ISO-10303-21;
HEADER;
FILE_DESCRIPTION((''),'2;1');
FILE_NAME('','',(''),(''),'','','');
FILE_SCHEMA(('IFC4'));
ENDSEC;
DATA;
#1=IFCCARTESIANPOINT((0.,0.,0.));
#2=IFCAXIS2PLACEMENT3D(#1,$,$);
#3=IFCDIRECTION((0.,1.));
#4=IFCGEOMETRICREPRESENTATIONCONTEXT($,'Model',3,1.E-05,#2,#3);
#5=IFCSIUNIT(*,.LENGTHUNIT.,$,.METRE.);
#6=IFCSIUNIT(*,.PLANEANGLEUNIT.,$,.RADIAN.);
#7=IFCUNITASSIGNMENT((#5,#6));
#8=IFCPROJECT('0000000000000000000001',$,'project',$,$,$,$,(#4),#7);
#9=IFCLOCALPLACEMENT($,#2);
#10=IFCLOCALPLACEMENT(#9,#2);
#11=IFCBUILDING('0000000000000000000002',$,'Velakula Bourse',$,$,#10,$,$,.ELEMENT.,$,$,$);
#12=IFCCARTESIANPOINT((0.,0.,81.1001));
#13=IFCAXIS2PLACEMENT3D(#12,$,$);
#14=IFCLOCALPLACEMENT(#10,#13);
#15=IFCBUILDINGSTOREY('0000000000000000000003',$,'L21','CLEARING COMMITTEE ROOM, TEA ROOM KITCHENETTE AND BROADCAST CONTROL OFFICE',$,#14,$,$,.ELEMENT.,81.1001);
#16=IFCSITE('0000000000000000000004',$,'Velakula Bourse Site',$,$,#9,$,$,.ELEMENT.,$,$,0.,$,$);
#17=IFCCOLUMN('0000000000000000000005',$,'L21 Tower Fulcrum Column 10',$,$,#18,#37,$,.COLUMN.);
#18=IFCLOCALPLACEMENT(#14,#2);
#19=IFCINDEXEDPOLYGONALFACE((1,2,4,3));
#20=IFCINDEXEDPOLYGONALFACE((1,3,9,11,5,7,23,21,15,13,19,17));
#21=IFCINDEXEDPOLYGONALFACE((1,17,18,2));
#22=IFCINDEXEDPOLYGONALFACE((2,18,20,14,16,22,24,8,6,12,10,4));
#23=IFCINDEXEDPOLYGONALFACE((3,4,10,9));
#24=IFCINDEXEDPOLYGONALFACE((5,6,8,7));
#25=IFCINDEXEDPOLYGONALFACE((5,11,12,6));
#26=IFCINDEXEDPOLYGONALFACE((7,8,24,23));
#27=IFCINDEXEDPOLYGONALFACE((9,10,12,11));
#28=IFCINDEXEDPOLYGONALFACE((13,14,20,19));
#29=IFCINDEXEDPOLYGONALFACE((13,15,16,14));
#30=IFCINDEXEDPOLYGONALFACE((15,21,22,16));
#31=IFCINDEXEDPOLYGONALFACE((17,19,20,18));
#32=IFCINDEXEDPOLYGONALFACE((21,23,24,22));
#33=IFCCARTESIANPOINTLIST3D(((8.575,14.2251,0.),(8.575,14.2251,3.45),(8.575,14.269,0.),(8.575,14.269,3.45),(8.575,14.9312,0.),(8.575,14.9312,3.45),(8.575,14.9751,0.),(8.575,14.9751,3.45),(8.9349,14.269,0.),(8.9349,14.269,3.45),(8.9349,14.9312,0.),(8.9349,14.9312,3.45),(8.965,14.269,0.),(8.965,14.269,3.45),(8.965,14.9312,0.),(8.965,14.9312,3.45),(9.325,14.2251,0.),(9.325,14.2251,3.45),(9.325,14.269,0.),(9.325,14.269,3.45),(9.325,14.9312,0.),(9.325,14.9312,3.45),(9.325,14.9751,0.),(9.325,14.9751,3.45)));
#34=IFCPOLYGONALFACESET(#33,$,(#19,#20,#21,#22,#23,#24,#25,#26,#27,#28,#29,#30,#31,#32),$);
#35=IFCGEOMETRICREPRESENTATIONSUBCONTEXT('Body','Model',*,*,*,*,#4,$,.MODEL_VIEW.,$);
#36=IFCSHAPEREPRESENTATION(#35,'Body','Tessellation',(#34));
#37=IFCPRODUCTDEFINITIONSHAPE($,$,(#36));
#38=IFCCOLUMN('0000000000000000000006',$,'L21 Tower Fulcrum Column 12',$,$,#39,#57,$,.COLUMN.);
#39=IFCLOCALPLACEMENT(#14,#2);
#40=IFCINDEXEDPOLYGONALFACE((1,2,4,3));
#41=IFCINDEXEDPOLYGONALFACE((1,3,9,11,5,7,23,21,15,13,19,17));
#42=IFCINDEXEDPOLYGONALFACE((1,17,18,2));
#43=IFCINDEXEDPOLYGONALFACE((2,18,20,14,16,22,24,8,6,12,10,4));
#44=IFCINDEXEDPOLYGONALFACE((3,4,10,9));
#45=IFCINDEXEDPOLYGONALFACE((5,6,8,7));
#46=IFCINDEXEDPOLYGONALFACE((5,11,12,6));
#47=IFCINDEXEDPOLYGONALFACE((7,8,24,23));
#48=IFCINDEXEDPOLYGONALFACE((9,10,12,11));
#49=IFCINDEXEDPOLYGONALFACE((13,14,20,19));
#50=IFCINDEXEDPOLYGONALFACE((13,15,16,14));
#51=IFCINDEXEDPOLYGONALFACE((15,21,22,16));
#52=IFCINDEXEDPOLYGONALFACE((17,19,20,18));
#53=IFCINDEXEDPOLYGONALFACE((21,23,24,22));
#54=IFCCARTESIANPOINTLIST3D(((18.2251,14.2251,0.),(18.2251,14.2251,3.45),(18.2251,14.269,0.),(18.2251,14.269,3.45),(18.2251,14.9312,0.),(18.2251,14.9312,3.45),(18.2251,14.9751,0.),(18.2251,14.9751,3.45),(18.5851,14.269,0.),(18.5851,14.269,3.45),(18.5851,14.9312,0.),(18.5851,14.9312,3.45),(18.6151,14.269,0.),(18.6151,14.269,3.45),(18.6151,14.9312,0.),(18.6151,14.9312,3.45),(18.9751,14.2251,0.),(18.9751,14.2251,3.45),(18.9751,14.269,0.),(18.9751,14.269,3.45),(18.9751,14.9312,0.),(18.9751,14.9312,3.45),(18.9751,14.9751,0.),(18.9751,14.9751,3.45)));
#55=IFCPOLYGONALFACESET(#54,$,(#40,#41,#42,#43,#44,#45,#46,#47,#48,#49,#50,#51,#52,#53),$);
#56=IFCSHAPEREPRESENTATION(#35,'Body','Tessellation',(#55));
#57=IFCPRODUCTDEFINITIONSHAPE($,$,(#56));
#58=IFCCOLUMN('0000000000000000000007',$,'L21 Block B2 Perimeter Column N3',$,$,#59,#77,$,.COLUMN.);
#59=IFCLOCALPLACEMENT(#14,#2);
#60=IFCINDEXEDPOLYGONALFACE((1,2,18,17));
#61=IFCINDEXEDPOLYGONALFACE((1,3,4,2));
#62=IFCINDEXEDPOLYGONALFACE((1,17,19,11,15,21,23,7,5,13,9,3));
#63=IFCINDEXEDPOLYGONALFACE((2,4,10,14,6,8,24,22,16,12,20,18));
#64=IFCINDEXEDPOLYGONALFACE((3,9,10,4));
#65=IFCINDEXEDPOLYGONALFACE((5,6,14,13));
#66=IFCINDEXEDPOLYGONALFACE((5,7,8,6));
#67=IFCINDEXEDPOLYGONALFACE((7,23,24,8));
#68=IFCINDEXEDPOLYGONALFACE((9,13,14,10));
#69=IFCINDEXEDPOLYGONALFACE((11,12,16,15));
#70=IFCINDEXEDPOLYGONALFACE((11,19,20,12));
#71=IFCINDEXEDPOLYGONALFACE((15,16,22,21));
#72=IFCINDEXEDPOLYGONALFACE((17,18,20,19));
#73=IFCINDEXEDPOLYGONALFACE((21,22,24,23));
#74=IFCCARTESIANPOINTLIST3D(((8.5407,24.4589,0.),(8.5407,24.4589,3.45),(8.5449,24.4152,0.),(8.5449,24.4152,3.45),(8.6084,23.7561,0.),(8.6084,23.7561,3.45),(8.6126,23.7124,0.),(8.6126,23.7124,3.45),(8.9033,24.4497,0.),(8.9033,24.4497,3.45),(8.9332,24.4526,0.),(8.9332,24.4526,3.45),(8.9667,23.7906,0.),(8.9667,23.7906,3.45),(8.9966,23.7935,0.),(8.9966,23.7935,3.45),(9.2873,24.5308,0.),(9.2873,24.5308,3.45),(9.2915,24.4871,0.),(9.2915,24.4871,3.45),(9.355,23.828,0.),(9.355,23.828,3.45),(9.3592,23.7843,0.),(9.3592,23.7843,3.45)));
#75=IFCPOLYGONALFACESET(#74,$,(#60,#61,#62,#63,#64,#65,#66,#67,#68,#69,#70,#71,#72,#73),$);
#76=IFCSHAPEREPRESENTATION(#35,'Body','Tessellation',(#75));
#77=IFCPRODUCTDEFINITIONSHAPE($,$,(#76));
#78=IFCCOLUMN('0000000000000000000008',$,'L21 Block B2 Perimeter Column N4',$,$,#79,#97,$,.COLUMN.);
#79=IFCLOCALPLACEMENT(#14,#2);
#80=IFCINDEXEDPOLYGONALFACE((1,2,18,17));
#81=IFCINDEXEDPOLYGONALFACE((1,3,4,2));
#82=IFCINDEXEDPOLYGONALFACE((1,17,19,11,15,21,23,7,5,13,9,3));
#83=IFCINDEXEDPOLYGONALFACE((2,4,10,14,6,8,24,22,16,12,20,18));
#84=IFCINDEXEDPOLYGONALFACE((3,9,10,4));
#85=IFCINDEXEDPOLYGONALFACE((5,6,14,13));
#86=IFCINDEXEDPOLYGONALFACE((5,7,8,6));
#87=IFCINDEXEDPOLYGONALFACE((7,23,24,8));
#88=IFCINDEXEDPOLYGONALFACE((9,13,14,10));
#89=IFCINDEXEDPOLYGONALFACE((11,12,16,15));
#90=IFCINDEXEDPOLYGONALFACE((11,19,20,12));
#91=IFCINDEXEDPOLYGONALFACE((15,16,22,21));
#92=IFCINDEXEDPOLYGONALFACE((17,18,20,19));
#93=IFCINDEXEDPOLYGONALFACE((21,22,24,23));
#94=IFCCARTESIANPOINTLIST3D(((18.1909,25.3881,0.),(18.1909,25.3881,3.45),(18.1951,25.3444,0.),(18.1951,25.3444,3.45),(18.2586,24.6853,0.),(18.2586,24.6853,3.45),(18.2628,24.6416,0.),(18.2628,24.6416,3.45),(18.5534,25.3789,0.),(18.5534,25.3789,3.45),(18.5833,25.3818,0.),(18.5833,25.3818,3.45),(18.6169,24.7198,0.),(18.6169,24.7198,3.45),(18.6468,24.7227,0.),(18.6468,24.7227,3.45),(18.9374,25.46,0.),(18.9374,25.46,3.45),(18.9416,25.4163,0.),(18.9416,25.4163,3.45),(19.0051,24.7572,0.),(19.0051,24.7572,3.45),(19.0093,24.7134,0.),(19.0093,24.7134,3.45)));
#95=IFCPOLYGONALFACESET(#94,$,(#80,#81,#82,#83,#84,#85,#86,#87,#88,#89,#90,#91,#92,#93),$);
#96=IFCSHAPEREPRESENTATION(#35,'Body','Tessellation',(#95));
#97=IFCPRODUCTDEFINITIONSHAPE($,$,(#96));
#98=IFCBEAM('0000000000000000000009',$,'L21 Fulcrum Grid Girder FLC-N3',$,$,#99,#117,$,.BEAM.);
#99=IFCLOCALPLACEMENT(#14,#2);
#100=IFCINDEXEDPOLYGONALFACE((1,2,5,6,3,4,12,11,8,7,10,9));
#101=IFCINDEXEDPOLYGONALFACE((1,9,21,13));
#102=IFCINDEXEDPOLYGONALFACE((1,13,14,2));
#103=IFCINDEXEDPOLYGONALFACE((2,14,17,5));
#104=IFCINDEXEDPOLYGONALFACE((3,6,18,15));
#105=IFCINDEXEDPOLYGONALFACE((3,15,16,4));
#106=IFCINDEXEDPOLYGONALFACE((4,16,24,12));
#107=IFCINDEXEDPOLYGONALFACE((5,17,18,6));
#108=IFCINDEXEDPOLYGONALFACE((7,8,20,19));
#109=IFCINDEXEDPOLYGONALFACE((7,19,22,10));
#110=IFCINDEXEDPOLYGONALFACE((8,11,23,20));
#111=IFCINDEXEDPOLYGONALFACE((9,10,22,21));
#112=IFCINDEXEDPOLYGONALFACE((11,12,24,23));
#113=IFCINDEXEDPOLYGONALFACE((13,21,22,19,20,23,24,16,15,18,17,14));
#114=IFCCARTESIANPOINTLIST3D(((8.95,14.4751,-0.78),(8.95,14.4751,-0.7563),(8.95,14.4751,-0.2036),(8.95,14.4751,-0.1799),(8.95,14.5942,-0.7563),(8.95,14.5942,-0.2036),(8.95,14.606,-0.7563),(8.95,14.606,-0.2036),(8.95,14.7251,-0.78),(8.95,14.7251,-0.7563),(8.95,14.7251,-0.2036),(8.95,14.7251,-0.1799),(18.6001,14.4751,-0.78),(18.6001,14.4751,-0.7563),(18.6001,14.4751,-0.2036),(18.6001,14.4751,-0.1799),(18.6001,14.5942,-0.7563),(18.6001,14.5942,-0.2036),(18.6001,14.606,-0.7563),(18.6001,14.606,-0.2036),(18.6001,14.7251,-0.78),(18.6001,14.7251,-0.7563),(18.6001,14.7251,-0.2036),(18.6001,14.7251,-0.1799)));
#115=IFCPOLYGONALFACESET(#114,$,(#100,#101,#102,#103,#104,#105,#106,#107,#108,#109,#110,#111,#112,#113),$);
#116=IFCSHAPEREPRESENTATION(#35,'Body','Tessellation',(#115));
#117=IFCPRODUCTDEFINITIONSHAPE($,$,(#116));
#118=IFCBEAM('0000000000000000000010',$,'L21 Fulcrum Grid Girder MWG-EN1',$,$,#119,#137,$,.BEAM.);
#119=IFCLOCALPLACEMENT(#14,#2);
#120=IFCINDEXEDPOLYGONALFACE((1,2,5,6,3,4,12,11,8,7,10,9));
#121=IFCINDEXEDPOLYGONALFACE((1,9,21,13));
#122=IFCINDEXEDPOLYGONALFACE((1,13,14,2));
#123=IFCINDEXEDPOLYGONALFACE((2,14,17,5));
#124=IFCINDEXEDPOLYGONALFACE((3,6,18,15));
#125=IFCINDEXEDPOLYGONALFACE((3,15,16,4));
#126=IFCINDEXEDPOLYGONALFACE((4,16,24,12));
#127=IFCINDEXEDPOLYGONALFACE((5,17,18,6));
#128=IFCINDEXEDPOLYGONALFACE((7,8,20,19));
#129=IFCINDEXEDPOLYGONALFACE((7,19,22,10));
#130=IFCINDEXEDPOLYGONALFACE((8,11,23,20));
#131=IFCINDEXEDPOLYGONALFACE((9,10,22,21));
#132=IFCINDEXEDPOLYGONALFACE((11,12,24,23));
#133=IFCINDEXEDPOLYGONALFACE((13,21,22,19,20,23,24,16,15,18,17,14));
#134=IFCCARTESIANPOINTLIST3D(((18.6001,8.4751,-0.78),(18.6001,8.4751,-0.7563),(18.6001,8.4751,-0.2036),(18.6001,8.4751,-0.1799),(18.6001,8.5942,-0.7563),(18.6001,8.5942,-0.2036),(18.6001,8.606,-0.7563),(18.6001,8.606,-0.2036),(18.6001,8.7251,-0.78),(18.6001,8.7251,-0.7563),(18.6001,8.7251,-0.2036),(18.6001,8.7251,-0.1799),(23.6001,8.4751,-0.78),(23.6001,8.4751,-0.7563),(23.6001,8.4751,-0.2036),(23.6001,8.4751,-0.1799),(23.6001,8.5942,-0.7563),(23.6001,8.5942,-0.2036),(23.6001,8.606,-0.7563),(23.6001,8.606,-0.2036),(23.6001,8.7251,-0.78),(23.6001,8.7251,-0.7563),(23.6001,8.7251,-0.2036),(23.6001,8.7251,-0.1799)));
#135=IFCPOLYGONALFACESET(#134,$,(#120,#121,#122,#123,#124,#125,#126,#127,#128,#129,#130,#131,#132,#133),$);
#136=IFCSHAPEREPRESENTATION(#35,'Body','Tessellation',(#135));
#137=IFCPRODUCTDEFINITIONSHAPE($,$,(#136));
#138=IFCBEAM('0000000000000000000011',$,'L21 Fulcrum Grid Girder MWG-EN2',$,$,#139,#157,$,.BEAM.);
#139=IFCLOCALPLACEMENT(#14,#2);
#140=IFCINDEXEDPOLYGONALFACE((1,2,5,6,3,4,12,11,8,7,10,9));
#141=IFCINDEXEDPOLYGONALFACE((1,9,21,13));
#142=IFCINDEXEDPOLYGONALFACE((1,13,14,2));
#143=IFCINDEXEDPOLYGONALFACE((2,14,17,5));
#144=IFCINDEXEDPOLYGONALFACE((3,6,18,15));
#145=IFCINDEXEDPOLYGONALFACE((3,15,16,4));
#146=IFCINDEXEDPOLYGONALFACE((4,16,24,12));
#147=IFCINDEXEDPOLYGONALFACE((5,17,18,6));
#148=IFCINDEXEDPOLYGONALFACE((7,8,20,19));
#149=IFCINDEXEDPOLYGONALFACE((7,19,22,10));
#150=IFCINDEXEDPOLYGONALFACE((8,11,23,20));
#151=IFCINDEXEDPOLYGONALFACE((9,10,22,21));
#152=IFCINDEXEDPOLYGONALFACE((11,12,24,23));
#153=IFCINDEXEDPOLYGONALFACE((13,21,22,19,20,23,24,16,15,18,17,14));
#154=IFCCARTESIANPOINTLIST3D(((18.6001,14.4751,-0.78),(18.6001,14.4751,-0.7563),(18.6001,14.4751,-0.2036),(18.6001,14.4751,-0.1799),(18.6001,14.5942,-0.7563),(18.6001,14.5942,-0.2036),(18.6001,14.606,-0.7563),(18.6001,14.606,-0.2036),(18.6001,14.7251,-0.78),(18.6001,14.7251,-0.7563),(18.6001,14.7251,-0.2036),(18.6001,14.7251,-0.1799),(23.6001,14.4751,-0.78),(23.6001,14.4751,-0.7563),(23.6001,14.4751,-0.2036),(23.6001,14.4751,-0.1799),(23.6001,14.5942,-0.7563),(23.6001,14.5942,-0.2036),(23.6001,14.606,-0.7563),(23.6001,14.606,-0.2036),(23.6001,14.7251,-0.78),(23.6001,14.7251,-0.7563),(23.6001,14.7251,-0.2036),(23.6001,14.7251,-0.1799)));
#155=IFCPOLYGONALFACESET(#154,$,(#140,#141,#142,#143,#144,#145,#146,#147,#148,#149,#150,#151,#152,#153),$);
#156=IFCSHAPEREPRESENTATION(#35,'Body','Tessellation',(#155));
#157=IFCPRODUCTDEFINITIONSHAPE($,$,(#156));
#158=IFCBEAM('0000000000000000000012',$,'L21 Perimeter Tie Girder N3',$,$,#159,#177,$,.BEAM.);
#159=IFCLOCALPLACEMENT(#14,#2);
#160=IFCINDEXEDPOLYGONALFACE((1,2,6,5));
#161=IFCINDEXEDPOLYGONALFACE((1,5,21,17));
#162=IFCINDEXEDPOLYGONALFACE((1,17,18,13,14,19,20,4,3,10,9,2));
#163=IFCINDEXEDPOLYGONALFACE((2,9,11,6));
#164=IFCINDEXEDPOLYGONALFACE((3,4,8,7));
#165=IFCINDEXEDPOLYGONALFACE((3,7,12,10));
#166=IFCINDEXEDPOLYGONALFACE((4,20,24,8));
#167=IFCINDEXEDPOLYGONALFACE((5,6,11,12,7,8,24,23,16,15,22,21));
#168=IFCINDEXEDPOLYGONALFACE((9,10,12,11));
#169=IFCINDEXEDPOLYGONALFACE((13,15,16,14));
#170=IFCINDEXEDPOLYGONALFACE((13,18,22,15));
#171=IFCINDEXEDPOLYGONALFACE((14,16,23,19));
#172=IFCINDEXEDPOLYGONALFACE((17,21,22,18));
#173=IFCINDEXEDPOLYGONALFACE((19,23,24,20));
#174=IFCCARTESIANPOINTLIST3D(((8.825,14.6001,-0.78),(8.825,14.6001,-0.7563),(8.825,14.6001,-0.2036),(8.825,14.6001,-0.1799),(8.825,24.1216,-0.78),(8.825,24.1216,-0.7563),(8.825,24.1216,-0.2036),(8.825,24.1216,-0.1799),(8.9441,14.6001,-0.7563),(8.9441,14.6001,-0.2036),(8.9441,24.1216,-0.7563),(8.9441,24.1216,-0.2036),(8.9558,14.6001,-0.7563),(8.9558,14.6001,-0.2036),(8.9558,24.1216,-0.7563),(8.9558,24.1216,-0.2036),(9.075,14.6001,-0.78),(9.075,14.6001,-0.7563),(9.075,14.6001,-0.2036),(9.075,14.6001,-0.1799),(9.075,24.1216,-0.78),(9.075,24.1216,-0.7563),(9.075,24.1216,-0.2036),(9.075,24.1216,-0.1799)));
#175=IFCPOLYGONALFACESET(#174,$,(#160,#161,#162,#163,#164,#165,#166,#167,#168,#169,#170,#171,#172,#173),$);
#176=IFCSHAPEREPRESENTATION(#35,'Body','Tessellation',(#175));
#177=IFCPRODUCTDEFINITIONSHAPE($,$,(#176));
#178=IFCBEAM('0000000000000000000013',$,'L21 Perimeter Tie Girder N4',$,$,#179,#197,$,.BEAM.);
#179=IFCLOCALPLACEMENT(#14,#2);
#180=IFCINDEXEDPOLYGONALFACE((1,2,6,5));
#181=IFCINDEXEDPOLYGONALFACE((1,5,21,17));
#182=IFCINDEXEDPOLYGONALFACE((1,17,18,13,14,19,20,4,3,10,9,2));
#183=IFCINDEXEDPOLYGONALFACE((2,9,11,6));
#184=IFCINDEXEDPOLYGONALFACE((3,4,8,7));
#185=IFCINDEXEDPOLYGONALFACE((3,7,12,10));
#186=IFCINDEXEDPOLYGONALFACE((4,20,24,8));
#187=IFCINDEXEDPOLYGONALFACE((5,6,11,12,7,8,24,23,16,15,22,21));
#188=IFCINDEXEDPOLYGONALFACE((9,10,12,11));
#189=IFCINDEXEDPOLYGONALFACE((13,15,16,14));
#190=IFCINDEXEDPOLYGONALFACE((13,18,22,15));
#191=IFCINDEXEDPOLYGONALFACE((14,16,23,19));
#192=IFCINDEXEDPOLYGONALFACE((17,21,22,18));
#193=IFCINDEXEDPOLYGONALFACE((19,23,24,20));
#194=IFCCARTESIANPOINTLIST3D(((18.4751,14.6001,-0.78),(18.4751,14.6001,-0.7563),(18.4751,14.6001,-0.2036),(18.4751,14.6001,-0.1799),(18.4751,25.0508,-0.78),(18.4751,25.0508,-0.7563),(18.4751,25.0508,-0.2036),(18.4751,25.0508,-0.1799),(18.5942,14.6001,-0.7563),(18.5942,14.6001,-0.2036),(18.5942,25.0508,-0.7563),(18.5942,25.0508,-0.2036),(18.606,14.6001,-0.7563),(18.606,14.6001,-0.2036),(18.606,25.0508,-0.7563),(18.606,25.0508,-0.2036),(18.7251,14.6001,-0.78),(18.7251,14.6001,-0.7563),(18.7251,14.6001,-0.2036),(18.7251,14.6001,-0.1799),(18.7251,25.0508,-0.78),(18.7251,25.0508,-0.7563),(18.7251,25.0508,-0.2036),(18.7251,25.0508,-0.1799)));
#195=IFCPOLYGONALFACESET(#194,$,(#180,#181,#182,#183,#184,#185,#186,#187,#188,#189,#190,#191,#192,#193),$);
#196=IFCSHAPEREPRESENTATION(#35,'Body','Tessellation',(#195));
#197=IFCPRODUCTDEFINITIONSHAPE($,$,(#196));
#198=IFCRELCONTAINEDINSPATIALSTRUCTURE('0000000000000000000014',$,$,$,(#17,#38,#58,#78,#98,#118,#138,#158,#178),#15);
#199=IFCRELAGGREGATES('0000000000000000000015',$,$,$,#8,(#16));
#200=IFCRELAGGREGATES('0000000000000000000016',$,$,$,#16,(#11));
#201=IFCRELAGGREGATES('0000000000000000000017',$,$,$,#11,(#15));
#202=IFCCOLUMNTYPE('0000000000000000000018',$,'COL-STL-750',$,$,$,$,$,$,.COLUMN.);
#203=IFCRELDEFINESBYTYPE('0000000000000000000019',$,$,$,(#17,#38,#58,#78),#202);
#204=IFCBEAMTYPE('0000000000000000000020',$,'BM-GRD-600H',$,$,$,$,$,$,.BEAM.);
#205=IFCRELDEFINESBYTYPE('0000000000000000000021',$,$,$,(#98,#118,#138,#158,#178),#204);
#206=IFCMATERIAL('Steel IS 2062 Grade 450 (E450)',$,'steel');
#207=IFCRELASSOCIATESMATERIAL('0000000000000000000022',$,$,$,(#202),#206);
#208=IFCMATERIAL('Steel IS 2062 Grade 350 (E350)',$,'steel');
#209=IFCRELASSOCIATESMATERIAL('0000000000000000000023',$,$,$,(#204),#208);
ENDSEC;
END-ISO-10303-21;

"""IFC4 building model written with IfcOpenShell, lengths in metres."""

from ifc_helpers import new_model, si_unit, direction, frame, origin, origin_2d, place, context, subcontext, project, spatial, i_section, extrude, material, material_profile, profile_set, type_object, element, save


model = new_model("IFC4")

# Units and contexts
model_context = context("Model", 3, precision=1e-05, world=origin(), true_north=direction((0.0, 1.0)))
body_context = subcontext(model_context, "Body", "Model", "MODEL_VIEW")
ifc_project = project(units=[si_unit("LENGTHUNIT", "METRE"), si_unit("PLANEANGLEUNIT", "RADIAN")], contexts=[model_context])

# Site, building, storey
site_placement = place(None, origin())
site = spatial("IfcSite", under=ifc_project, at=site_placement, Name="Velakula Bourse Site", CompositionType="ELEMENT", RefElevation=0.0)
building_placement = place(site_placement, origin())
building = spatial("IfcBuilding", under=site, at=building_placement, Name="Velakula Bourse", CompositionType="ELEMENT")
storey_placement = place(building_placement, frame((0.0, 0.0, 81.1001)))
storey = spatial("IfcBuildingStorey", under=building, at=storey_placement, Name="L21", Description="CLEARING COMMITTEE ROOM, TEA ROOM KITCHENETTE AND BROADCAST CONTROL OFFICE", CompositionType="ELEMENT", Elevation=81.1001)

# Columns
ifc_material_1 = material(Name="Steel IS 2062 Grade 450 (E450)", Category="steel")
ifc_material_profile_1 = material_profile(ifc_material_1, i_section(OverallWidth=0.75, OverallDepth=0.75, WebThickness=0.03, FlangeThickness=0.0439, at=origin_2d()), Name="Steel IS 2062 Grade 450 (E450)")
ifc_profile_set_1 = profile_set([ifc_material_profile_1], Name="Steel IS 2062 Grade 450 (E450)")
column_type = type_object("IfcColumnType", Name="COL-STL-750", PredefinedType="COLUMN", material=ifc_profile_set_1)
for number, where, z_axis, x_axis, name in (
    (1, (8.95, 14.6001, 0.0), (0.0, 0.0, 1.0), (1.0, 0.0, 0.0), "L21 Tower Fulcrum Column 10"),
    (2, (18.6001, 14.6001, 0.0), (0.0, 0.0, 1.0), (1.0, 0.0, 0.0), "L21 Tower Fulcrum Column 12"),
    (3, (8.95, 24.1216, 0.0), (0.0, 0.0, 1.0), (0.995396, 0.095846, 0.0), "L21 Block B2 Perimeter Column N3"),
    (4, (18.6001, 25.0508, 0.0), (0.0, 0.0, 1.0), (0.995396, 0.095846, 0.0), "L21 Block B2 Perimeter Column N4"),
):
    element("IfcColumn", number, at=place(storey_placement, frame(where, z_axis=z_axis, x_axis=x_axis)), inside=storey, type_object=column_type, Name=name, PredefinedType="COLUMN", context=body_context, shape_type="SweptSolid", body=[
        extrude(i_section(OverallWidth=0.75, OverallDepth=0.75, WebThickness=0.03, FlangeThickness=0.0439, at=origin_2d()), origin(), (0.0, 0.0, 1.0), 3.45),
    ])

# Beams
ifc_material_2 = material(Name="Steel IS 2062 Grade 350 (E350)", Category="steel")
ifc_material_profile_2 = material_profile(ifc_material_2, i_section(OverallWidth=0.25, OverallDepth=0.6001, WebThickness=0.0117, FlangeThickness=0.0237, at=origin_2d()), Name="Steel IS 2062 Grade 350 (E350)")
ifc_profile_set_2 = profile_set([ifc_material_profile_2], Name="Steel IS 2062 Grade 350 (E350)")
beam_type_1 = type_object("IfcBeamType", Name="BM-GRD-600H", PredefinedType="BEAM", material=ifc_profile_set_2)
beam_1_placement = place(storey_placement, frame((8.95, 14.6001, -0.48), z_axis=(1.0, 0.0, 0.0), x_axis=(0.0, 1.0, 0.0)))
element("IfcBeam", 5, at=beam_1_placement, inside=storey, type_object=beam_type_1, Name="L21 Fulcrum Grid Girder FLC-N3", PredefinedType="BEAM", context=body_context, shape_type="SweptSolid", body=[
    extrude(i_section(OverallWidth=0.25, OverallDepth=0.6001, WebThickness=0.0117, FlangeThickness=0.0237, at=origin_2d()), origin(), (0.0, 0.0, 1.0), 9.6501),
])
for number, where, z_axis, x_axis, name in (
    (6, (18.6001, 8.6001, -0.48), (1.0, 0.0, 0.0), (0.0, 1.0, 0.0), "L21 Fulcrum Grid Girder MWG-EN1"),
    (7, (18.6001, 14.6001, -0.48), (1.0, 0.0, 0.0), (0.0, 1.0, 0.0), "L21 Fulcrum Grid Girder MWG-EN2"),
):
    element("IfcBeam", number, at=place(storey_placement, frame(where, z_axis=z_axis, x_axis=x_axis)), inside=storey, type_object=beam_type_1, Name=name, PredefinedType="BEAM", context=body_context, shape_type="SweptSolid", body=[
        extrude(i_section(OverallWidth=0.25, OverallDepth=0.6001, WebThickness=0.0117, FlangeThickness=0.0237, at=origin_2d()), origin(), (0.0, 0.0, 1.0), 5.0),
    ])
beam_2_placement = place(storey_placement, frame((8.95, 14.6001, -0.48), z_axis=(0.0, 1.0, 0.0), x_axis=(-1.0, 0.0, 0.0)))
element("IfcBeam", 8, at=beam_2_placement, inside=storey, type_object=beam_type_1, Name="L21 Perimeter Tie Girder N3", PredefinedType="BEAM", context=body_context, shape_type="SweptSolid", body=[
    extrude(i_section(OverallWidth=0.25, OverallDepth=0.6001, WebThickness=0.0117, FlangeThickness=0.0237, at=origin_2d()), origin(), (0.0, 0.0, 1.0), 9.5215),
])
beam_3_placement = place(storey_placement, frame((18.6001, 14.6001, -0.48), z_axis=(0.0, 1.0, 0.0), x_axis=(-1.0, 0.0, 0.0)))
element("IfcBeam", 9, at=beam_3_placement, inside=storey, type_object=beam_type_1, Name="L21 Perimeter Tie Girder N4", PredefinedType="BEAM", context=body_context, shape_type="SweptSolid", body=[
    extrude(i_section(OverallWidth=0.25, OverallDepth=0.6001, WebThickness=0.0117, FlangeThickness=0.0237, at=origin_2d()), origin(), (0.0, 0.0, 1.0), 10.4507),
])

save(model, "model.ifc")
